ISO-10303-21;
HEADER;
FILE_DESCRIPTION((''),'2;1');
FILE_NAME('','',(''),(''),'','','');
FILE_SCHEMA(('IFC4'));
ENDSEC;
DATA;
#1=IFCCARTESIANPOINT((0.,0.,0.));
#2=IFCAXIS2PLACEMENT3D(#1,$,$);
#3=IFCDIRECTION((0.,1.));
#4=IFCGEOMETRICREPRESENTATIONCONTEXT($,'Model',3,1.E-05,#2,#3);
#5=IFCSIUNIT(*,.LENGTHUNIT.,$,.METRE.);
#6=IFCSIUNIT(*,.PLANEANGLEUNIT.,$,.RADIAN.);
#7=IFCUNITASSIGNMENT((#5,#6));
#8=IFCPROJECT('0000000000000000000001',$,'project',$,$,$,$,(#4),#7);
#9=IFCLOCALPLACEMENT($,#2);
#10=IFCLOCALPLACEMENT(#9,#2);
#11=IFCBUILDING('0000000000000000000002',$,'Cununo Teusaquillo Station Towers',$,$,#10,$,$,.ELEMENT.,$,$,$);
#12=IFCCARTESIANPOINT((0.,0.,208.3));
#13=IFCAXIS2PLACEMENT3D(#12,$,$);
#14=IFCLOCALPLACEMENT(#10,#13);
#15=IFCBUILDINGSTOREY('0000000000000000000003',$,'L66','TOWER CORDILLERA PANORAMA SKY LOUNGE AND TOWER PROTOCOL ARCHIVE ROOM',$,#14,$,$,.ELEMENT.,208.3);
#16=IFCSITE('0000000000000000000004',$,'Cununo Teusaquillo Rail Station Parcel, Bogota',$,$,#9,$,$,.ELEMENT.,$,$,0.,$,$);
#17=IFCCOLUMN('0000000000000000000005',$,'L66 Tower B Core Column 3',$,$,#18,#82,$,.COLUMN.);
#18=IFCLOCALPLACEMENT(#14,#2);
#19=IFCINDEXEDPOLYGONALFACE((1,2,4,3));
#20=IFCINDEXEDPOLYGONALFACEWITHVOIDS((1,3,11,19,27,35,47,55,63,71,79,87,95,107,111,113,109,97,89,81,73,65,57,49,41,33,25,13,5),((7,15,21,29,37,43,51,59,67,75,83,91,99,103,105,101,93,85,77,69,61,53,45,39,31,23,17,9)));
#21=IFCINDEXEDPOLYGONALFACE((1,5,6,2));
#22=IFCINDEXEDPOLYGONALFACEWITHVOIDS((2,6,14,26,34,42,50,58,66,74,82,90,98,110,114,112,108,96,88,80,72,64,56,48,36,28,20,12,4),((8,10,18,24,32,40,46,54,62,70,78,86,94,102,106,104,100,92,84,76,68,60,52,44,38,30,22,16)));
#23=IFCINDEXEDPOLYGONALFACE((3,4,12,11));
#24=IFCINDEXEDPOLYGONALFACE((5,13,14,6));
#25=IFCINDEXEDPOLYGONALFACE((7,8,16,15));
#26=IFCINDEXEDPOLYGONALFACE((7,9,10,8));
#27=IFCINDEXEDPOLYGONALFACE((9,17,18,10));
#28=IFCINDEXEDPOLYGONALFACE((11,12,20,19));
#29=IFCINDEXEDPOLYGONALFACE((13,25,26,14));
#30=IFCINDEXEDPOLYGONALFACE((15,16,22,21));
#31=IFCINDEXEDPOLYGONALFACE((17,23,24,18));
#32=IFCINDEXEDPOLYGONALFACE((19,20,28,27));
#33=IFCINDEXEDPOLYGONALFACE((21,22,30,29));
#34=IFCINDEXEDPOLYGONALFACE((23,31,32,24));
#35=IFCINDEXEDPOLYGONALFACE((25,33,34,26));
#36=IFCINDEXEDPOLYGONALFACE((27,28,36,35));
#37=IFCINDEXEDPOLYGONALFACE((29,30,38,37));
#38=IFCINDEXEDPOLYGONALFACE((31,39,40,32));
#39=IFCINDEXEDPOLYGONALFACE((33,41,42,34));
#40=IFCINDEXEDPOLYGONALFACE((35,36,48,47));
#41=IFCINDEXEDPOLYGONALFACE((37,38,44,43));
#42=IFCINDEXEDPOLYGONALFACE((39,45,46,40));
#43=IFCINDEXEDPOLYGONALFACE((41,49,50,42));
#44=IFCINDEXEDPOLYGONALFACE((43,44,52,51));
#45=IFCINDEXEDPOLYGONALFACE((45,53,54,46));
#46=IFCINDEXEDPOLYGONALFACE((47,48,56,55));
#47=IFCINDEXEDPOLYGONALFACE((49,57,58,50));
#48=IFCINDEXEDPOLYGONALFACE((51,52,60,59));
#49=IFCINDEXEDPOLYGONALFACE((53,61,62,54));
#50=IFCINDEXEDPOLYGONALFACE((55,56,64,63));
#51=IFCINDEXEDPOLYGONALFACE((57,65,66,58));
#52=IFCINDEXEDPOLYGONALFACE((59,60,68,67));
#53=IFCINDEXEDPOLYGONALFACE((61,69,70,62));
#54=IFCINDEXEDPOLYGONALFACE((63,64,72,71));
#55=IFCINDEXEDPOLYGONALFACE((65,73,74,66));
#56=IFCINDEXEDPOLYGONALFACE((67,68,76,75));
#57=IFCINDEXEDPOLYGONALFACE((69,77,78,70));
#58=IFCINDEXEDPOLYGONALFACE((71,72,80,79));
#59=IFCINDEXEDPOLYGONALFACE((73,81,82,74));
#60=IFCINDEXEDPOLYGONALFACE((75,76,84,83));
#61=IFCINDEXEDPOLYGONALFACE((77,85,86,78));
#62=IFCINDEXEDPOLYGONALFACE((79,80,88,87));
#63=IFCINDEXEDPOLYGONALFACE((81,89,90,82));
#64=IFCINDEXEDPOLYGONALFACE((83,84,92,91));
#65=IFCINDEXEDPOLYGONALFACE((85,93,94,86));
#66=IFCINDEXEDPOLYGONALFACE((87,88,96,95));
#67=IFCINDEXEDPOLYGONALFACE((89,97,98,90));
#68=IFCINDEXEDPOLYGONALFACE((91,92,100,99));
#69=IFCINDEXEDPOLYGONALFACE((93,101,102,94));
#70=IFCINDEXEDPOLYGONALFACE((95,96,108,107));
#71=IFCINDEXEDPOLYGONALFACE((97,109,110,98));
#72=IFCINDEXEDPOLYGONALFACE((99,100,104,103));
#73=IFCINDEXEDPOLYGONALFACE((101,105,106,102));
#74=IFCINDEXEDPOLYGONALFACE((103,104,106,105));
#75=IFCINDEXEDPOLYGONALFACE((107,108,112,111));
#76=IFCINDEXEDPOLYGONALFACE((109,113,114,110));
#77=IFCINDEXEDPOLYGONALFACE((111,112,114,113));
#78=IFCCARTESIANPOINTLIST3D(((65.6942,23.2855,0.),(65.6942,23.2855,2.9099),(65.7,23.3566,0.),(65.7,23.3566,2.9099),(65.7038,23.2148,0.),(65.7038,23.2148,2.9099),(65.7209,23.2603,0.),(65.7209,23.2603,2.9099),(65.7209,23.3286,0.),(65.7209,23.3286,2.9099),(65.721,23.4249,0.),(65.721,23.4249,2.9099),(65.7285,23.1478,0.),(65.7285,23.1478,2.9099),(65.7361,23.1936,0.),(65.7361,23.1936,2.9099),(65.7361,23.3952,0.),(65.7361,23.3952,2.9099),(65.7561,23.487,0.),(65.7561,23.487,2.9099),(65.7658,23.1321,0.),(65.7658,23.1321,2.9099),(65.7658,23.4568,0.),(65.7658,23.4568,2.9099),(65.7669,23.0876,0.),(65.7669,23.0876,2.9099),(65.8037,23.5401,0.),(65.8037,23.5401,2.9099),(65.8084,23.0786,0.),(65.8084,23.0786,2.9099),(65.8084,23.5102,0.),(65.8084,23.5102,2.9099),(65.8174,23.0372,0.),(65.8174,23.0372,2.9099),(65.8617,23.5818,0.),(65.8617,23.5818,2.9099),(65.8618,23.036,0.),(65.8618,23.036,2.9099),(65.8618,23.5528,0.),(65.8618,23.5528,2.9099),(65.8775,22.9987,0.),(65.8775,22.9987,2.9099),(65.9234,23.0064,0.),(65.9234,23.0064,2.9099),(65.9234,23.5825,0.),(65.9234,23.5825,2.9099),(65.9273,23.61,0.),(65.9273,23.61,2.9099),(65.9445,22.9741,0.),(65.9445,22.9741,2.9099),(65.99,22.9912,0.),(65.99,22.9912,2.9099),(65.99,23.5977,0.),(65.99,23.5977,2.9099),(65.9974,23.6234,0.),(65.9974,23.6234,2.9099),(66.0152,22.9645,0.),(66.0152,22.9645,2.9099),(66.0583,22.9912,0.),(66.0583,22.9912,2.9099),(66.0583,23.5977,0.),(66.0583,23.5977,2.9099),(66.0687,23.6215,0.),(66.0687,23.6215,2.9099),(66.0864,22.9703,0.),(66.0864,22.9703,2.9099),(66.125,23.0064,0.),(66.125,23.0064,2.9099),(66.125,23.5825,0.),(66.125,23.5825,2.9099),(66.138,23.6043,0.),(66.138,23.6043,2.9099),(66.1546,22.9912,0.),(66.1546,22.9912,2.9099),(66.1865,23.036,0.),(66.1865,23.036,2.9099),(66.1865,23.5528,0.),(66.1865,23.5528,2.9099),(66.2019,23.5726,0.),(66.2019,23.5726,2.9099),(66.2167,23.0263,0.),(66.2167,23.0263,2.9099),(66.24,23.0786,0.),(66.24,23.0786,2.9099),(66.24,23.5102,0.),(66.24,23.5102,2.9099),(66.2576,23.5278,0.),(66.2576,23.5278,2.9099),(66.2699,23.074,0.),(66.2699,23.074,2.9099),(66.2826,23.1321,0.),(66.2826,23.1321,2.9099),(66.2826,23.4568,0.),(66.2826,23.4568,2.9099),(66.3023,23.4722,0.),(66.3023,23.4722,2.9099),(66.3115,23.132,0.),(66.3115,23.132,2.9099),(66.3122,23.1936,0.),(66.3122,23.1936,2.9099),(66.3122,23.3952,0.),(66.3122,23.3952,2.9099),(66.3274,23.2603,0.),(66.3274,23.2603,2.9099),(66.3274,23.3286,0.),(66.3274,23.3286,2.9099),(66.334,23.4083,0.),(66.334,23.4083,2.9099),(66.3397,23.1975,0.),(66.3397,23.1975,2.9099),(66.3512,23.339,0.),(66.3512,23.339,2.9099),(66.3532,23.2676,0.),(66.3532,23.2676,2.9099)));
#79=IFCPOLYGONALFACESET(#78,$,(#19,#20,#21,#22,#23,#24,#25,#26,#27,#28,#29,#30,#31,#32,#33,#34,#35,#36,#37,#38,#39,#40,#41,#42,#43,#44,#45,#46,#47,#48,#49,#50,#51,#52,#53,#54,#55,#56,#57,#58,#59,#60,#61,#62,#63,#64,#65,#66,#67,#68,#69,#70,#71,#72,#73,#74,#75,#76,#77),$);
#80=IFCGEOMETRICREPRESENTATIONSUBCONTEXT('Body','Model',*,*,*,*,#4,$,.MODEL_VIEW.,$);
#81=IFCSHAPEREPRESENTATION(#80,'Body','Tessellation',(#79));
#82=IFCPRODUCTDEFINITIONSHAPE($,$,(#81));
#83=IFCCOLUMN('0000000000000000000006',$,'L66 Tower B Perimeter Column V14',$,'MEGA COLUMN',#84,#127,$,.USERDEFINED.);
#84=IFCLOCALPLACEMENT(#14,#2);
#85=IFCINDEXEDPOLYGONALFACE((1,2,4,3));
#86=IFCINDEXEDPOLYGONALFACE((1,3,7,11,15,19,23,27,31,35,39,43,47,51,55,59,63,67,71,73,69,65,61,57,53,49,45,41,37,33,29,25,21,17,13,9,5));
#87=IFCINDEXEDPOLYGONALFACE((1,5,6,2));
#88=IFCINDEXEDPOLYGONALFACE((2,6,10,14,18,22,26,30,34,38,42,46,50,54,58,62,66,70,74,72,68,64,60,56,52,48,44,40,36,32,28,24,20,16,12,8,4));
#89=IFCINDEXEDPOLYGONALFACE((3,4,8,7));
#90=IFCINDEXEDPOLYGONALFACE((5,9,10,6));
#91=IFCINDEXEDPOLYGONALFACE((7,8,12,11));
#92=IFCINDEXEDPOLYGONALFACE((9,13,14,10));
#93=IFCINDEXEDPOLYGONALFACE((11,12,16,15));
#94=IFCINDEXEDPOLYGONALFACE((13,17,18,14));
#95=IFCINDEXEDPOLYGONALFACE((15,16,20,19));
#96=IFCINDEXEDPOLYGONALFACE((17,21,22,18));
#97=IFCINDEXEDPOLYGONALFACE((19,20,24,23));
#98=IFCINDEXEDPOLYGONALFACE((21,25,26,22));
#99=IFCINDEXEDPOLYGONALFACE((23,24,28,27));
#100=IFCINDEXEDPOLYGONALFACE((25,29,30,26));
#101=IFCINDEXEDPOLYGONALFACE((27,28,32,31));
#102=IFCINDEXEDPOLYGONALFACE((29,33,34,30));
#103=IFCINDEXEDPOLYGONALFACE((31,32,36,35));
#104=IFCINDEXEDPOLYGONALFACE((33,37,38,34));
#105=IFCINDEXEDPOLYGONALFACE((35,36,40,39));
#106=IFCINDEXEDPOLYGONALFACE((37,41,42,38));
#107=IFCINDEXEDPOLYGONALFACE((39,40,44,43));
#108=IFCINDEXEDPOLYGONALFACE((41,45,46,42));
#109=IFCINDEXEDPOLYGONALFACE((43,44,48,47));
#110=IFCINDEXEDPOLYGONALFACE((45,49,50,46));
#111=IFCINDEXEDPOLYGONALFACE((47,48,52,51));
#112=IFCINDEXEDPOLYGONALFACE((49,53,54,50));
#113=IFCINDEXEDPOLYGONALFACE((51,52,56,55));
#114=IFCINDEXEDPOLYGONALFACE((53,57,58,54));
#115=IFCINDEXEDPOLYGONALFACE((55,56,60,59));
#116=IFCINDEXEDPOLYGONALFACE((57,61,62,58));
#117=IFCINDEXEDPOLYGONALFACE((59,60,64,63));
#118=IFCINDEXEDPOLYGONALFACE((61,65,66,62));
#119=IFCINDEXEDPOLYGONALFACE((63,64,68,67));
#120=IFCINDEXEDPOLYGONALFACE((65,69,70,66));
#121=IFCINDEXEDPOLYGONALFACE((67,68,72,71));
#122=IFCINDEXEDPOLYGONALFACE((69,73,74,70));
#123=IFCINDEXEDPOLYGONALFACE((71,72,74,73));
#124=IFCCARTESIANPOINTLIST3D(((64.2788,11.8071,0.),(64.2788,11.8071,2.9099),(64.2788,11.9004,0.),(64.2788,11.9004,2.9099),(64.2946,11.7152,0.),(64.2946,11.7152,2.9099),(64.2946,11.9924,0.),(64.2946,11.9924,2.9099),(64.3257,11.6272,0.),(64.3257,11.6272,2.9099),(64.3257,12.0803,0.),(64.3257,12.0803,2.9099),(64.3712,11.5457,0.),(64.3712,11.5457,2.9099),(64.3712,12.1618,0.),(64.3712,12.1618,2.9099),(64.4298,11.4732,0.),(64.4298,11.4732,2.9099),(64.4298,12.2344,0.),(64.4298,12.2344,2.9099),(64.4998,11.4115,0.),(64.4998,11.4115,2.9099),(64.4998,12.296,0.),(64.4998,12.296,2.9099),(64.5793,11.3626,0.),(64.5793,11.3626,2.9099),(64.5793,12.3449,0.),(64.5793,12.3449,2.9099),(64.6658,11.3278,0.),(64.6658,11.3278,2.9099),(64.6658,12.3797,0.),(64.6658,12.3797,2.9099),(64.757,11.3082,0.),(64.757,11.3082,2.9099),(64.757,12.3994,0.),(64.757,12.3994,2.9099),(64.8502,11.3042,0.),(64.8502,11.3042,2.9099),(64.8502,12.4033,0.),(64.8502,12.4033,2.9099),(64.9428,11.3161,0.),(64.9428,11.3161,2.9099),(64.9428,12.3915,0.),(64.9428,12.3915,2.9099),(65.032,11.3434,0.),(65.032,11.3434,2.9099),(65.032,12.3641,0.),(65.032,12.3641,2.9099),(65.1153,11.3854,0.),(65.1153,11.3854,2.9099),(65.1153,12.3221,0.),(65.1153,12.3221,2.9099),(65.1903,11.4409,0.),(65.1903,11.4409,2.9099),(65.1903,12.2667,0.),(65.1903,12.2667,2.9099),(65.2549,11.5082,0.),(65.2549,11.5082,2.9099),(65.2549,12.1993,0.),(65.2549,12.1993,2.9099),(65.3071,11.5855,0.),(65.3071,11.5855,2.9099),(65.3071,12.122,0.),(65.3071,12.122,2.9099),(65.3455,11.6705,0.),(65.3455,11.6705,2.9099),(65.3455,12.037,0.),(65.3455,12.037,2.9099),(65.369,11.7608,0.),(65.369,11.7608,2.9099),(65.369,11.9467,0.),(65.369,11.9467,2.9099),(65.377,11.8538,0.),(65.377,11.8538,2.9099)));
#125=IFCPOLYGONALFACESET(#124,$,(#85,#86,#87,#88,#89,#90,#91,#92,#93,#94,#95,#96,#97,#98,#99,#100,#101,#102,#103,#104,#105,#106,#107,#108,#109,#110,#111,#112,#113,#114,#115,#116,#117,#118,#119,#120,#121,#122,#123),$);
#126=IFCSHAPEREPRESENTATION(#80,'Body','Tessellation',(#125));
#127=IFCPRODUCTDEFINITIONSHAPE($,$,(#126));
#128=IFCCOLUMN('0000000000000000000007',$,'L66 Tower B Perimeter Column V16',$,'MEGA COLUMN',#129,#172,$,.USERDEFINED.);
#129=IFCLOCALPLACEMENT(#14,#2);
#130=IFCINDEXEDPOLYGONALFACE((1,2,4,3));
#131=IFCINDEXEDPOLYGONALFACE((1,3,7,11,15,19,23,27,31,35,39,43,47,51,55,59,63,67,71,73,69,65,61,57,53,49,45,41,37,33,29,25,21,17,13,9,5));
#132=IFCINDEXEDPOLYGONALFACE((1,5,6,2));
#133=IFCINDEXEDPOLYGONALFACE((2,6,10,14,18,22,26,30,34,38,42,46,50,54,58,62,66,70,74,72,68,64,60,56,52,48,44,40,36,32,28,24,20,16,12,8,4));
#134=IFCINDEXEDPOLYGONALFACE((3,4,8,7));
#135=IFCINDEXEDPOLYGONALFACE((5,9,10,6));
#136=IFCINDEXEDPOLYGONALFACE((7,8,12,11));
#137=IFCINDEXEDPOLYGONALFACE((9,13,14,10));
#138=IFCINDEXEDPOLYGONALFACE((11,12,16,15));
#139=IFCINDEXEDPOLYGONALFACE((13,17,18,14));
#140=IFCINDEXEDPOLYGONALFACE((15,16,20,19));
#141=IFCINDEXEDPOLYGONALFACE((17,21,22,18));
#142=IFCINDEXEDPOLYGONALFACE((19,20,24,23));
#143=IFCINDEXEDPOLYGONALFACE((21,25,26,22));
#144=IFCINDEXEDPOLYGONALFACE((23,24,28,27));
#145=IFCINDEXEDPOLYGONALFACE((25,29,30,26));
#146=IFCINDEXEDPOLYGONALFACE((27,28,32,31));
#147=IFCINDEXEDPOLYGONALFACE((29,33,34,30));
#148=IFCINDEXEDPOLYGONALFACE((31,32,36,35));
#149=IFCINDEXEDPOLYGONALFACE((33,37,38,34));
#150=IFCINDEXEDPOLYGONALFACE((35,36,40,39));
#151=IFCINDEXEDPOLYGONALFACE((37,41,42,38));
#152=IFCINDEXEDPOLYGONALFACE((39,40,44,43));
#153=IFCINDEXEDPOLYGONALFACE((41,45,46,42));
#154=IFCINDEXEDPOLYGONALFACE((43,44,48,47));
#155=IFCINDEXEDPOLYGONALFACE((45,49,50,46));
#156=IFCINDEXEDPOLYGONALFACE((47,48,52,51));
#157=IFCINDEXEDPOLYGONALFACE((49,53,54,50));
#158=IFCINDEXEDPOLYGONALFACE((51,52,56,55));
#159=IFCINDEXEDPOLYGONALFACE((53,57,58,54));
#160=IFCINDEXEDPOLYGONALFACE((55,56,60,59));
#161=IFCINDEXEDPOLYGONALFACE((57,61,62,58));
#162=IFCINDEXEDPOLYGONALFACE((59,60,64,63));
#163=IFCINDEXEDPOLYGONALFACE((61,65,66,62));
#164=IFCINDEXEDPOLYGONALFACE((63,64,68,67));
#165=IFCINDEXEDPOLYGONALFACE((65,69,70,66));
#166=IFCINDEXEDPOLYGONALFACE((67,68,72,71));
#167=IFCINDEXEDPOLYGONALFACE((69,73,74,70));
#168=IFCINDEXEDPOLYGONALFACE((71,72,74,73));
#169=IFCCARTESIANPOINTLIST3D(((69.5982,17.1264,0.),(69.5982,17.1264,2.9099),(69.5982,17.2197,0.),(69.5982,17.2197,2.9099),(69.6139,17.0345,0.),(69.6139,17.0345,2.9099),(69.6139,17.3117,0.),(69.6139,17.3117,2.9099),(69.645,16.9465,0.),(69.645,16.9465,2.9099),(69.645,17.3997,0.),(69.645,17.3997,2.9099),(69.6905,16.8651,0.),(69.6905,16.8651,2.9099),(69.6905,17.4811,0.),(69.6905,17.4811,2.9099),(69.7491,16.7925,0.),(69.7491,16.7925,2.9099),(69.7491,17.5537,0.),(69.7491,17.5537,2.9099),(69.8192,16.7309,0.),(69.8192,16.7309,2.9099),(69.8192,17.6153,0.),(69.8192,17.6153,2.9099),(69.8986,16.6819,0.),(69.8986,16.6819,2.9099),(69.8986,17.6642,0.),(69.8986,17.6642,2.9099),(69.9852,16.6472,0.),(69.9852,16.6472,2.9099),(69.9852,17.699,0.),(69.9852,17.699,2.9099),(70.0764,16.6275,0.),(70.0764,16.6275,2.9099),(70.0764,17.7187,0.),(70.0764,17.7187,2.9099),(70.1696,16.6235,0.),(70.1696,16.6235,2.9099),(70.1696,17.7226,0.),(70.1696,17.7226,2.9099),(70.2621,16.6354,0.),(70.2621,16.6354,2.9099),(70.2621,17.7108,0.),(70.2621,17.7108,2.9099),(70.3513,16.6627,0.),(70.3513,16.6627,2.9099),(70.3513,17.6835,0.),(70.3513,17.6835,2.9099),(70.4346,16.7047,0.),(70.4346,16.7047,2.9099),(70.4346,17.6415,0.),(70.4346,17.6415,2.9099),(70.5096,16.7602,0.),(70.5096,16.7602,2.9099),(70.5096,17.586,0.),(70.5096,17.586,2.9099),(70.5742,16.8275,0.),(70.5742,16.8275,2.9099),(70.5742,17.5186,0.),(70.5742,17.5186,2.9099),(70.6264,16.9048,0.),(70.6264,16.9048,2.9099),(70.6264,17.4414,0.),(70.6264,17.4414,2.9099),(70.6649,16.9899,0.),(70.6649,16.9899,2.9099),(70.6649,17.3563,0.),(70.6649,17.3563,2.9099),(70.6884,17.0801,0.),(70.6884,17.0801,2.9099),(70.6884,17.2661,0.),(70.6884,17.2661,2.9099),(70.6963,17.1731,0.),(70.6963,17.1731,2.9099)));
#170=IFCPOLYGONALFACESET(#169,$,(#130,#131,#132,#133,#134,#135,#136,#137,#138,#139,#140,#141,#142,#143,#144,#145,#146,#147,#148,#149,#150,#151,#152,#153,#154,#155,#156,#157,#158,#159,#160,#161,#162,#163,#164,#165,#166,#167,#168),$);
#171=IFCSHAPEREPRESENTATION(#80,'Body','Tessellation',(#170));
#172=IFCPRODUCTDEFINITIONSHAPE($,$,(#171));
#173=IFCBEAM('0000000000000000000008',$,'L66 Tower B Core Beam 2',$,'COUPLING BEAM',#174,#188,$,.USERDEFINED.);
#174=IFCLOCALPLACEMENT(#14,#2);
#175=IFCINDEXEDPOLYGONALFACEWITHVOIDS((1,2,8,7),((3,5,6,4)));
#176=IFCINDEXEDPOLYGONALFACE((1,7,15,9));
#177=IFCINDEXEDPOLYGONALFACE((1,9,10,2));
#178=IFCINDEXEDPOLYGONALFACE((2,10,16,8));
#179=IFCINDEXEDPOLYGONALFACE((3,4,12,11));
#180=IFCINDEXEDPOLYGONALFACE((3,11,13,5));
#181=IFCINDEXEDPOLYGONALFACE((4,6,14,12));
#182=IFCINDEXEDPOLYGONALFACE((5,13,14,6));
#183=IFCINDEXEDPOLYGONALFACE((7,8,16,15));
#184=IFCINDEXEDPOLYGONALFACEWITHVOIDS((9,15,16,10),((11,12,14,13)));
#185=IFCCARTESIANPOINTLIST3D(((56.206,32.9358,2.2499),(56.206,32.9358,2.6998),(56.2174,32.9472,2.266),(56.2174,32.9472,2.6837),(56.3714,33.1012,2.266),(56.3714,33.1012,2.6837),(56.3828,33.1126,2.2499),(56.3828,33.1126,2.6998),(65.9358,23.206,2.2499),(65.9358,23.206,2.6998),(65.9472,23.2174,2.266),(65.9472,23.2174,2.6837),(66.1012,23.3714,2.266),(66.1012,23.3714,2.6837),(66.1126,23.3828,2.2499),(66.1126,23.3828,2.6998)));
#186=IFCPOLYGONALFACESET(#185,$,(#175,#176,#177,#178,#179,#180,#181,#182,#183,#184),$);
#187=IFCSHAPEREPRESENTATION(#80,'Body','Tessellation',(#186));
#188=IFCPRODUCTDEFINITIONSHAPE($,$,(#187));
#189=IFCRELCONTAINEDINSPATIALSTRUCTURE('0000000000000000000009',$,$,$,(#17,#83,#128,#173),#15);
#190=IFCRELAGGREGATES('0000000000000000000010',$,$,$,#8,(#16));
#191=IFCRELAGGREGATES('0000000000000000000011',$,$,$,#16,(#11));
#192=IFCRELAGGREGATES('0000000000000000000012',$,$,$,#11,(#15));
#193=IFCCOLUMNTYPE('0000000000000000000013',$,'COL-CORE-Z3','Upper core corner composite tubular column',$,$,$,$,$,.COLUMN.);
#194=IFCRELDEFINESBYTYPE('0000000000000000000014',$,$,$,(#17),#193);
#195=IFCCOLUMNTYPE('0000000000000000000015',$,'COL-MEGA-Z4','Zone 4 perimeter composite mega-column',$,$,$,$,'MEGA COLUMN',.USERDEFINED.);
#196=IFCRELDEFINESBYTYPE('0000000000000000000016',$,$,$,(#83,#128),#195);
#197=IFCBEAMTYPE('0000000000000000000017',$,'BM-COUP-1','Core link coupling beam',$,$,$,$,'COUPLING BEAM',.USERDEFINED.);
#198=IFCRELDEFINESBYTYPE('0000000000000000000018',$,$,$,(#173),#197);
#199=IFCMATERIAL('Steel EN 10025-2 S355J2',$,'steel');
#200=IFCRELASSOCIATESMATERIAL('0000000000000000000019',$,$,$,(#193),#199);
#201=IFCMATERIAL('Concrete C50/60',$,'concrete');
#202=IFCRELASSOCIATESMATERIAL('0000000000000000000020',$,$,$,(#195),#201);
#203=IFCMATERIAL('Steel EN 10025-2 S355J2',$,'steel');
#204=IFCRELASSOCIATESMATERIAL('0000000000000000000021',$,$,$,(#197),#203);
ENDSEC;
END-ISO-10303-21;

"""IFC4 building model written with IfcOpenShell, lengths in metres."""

from ifc_helpers import new_model, si_unit, direction, frame, origin, origin_2d, place, context, subcontext, project, spatial, hollow_rectangle, circle, hollow_circle, extrude, material, material_profile, profile_set, type_object, element, save


model = new_model("IFC4")

# Units and contexts
model_context = context("Model", 3, precision=1e-05, world=origin(), true_north=direction((0.0, 1.0)))
body_context = subcontext(model_context, "Body", "Model", "MODEL_VIEW")
ifc_project = project(units=[si_unit("LENGTHUNIT", "METRE"), si_unit("PLANEANGLEUNIT", "RADIAN")], contexts=[model_context])

# Site, building, storey
site_placement = place(None, origin())
site = spatial("IfcSite", under=ifc_project, at=site_placement, Name="Cununo Teusaquillo Rail Station Parcel, Bogota", CompositionType="ELEMENT", RefElevation=0.0)
building_placement = place(site_placement, origin())
building = spatial("IfcBuilding", under=site, at=building_placement, Name="Cununo Teusaquillo Station Towers", CompositionType="ELEMENT")
storey_placement = place(building_placement, frame((0.0, 0.0, 208.3)))
storey = spatial("IfcBuildingStorey", under=building, at=storey_placement, Name="L66", Description="TOWER CORDILLERA PANORAMA SKY LOUNGE AND TOWER PROTOCOL ARCHIVE ROOM", CompositionType="ELEMENT", Elevation=208.3)

# Columns
ifc_material_1 = material(Name="Steel EN 10025-2 S355J2", Category="steel")
ifc_material_profile_1 = material_profile(ifc_material_1, hollow_circle(Radius=0.3301, WallThickness=0.0249, at=origin_2d()), Name="CHS 660x25")
ifc_profile_set_1 = profile_set([ifc_material_profile_1], Name="Steel EN 10025-2 S355J2")
column_type_1 = type_object("IfcColumnType", Name="COL-CORE-Z3", Description="Upper core corner composite tubular column", PredefinedType="COLUMN", material=ifc_profile_set_1)
column_placement = place(storey_placement, frame((66.0242, 23.2944, 0.0), z_axis=(0.0, 0.0, 1.0), x_axis=(0.707107, 0.707107, 0.0)))
element("IfcColumn", 1, at=column_placement, inside=storey, type_object=column_type_1, Name="L66 Tower B Core Column 3", PredefinedType="COLUMN", context=body_context, shape_type="SweptSolid", body=[
    extrude(hollow_circle(Radius=0.3301, WallThickness=0.0249, at=origin_2d()), origin(), (0.0, 0.0, 1.0), 2.9099),
])
ifc_material_2 = material(Name="Concrete C50/60", Category="concrete")
ifc_material_profile_2 = material_profile(ifc_material_2, circle(Radius=0.55, at=origin_2d()), Name="RC-CIRC-1100")
ifc_profile_set_2 = profile_set([ifc_material_profile_2], Name="Concrete C50/60")
column_type_2 = type_object("IfcColumnType", Name="COL-MEGA-Z4", Description="Zone 4 perimeter composite mega-column", ElementType="MEGA COLUMN", PredefinedType="USERDEFINED", material=ifc_profile_set_2)
for number, where, z_axis, x_axis, name in (
    (2, (64.8269, 11.8538, 0.0), (0.0, 0.0, 1.0), (1.0, 0.0, 0.0), "L66 Tower B Perimeter Column V14"),
    (3, (70.1462, 17.1731, 0.0), (0.0, 0.0, 1.0), (1.0, 0.0, 0.0), "L66 Tower B Perimeter Column V16"),
):
    element("IfcColumn", number, at=place(storey_placement, frame(where, z_axis=z_axis, x_axis=x_axis)), inside=storey, type_object=column_type_2, Name=name, ObjectType="MEGA COLUMN", PredefinedType="USERDEFINED", context=body_context, shape_type="SweptSolid", body=[
        extrude(circle(Radius=0.55, at=origin_2d()), origin(), (0.0, 0.0, 1.0), 2.9099),
    ])

# Beam
ifc_material_3 = material(Name="Steel EN 10025-2 S355J2", Category="steel")
ifc_material_profile_3 = material_profile(ifc_material_3, hollow_rectangle(XDim=0.25, YDim=0.45, WallThickness=0.0161, at=origin_2d()), Name="RHS 450x250x16")
ifc_profile_set_3 = profile_set([ifc_material_profile_3], Name="Steel EN 10025-2 S355J2")
beam_type_1 = type_object("IfcBeamType", Name="BM-COUP-1", Description="Core link coupling beam", ElementType="COUPLING BEAM", PredefinedType="USERDEFINED", material=ifc_profile_set_3)
beam_1_placement = place(storey_placement, frame((66.0242, 23.2944, 2.4749), z_axis=(-0.707107, 0.707107, 0.0), x_axis=(-0.707107, -0.707107, 0.0)))
element("IfcBeam", 4, at=beam_1_placement, inside=storey, type_object=beam_type_1, Name="L66 Tower B Core Beam 2", ObjectType="COUPLING BEAM", PredefinedType="USERDEFINED", context=body_context, shape_type="SweptSolid", body=[
    extrude(hollow_rectangle(XDim=0.25, YDim=0.45, WallThickness=0.0161, at=origin_2d()), origin(), (0.0, 0.0, 1.0), 13.76),
])

save(model, "model.ifc")
